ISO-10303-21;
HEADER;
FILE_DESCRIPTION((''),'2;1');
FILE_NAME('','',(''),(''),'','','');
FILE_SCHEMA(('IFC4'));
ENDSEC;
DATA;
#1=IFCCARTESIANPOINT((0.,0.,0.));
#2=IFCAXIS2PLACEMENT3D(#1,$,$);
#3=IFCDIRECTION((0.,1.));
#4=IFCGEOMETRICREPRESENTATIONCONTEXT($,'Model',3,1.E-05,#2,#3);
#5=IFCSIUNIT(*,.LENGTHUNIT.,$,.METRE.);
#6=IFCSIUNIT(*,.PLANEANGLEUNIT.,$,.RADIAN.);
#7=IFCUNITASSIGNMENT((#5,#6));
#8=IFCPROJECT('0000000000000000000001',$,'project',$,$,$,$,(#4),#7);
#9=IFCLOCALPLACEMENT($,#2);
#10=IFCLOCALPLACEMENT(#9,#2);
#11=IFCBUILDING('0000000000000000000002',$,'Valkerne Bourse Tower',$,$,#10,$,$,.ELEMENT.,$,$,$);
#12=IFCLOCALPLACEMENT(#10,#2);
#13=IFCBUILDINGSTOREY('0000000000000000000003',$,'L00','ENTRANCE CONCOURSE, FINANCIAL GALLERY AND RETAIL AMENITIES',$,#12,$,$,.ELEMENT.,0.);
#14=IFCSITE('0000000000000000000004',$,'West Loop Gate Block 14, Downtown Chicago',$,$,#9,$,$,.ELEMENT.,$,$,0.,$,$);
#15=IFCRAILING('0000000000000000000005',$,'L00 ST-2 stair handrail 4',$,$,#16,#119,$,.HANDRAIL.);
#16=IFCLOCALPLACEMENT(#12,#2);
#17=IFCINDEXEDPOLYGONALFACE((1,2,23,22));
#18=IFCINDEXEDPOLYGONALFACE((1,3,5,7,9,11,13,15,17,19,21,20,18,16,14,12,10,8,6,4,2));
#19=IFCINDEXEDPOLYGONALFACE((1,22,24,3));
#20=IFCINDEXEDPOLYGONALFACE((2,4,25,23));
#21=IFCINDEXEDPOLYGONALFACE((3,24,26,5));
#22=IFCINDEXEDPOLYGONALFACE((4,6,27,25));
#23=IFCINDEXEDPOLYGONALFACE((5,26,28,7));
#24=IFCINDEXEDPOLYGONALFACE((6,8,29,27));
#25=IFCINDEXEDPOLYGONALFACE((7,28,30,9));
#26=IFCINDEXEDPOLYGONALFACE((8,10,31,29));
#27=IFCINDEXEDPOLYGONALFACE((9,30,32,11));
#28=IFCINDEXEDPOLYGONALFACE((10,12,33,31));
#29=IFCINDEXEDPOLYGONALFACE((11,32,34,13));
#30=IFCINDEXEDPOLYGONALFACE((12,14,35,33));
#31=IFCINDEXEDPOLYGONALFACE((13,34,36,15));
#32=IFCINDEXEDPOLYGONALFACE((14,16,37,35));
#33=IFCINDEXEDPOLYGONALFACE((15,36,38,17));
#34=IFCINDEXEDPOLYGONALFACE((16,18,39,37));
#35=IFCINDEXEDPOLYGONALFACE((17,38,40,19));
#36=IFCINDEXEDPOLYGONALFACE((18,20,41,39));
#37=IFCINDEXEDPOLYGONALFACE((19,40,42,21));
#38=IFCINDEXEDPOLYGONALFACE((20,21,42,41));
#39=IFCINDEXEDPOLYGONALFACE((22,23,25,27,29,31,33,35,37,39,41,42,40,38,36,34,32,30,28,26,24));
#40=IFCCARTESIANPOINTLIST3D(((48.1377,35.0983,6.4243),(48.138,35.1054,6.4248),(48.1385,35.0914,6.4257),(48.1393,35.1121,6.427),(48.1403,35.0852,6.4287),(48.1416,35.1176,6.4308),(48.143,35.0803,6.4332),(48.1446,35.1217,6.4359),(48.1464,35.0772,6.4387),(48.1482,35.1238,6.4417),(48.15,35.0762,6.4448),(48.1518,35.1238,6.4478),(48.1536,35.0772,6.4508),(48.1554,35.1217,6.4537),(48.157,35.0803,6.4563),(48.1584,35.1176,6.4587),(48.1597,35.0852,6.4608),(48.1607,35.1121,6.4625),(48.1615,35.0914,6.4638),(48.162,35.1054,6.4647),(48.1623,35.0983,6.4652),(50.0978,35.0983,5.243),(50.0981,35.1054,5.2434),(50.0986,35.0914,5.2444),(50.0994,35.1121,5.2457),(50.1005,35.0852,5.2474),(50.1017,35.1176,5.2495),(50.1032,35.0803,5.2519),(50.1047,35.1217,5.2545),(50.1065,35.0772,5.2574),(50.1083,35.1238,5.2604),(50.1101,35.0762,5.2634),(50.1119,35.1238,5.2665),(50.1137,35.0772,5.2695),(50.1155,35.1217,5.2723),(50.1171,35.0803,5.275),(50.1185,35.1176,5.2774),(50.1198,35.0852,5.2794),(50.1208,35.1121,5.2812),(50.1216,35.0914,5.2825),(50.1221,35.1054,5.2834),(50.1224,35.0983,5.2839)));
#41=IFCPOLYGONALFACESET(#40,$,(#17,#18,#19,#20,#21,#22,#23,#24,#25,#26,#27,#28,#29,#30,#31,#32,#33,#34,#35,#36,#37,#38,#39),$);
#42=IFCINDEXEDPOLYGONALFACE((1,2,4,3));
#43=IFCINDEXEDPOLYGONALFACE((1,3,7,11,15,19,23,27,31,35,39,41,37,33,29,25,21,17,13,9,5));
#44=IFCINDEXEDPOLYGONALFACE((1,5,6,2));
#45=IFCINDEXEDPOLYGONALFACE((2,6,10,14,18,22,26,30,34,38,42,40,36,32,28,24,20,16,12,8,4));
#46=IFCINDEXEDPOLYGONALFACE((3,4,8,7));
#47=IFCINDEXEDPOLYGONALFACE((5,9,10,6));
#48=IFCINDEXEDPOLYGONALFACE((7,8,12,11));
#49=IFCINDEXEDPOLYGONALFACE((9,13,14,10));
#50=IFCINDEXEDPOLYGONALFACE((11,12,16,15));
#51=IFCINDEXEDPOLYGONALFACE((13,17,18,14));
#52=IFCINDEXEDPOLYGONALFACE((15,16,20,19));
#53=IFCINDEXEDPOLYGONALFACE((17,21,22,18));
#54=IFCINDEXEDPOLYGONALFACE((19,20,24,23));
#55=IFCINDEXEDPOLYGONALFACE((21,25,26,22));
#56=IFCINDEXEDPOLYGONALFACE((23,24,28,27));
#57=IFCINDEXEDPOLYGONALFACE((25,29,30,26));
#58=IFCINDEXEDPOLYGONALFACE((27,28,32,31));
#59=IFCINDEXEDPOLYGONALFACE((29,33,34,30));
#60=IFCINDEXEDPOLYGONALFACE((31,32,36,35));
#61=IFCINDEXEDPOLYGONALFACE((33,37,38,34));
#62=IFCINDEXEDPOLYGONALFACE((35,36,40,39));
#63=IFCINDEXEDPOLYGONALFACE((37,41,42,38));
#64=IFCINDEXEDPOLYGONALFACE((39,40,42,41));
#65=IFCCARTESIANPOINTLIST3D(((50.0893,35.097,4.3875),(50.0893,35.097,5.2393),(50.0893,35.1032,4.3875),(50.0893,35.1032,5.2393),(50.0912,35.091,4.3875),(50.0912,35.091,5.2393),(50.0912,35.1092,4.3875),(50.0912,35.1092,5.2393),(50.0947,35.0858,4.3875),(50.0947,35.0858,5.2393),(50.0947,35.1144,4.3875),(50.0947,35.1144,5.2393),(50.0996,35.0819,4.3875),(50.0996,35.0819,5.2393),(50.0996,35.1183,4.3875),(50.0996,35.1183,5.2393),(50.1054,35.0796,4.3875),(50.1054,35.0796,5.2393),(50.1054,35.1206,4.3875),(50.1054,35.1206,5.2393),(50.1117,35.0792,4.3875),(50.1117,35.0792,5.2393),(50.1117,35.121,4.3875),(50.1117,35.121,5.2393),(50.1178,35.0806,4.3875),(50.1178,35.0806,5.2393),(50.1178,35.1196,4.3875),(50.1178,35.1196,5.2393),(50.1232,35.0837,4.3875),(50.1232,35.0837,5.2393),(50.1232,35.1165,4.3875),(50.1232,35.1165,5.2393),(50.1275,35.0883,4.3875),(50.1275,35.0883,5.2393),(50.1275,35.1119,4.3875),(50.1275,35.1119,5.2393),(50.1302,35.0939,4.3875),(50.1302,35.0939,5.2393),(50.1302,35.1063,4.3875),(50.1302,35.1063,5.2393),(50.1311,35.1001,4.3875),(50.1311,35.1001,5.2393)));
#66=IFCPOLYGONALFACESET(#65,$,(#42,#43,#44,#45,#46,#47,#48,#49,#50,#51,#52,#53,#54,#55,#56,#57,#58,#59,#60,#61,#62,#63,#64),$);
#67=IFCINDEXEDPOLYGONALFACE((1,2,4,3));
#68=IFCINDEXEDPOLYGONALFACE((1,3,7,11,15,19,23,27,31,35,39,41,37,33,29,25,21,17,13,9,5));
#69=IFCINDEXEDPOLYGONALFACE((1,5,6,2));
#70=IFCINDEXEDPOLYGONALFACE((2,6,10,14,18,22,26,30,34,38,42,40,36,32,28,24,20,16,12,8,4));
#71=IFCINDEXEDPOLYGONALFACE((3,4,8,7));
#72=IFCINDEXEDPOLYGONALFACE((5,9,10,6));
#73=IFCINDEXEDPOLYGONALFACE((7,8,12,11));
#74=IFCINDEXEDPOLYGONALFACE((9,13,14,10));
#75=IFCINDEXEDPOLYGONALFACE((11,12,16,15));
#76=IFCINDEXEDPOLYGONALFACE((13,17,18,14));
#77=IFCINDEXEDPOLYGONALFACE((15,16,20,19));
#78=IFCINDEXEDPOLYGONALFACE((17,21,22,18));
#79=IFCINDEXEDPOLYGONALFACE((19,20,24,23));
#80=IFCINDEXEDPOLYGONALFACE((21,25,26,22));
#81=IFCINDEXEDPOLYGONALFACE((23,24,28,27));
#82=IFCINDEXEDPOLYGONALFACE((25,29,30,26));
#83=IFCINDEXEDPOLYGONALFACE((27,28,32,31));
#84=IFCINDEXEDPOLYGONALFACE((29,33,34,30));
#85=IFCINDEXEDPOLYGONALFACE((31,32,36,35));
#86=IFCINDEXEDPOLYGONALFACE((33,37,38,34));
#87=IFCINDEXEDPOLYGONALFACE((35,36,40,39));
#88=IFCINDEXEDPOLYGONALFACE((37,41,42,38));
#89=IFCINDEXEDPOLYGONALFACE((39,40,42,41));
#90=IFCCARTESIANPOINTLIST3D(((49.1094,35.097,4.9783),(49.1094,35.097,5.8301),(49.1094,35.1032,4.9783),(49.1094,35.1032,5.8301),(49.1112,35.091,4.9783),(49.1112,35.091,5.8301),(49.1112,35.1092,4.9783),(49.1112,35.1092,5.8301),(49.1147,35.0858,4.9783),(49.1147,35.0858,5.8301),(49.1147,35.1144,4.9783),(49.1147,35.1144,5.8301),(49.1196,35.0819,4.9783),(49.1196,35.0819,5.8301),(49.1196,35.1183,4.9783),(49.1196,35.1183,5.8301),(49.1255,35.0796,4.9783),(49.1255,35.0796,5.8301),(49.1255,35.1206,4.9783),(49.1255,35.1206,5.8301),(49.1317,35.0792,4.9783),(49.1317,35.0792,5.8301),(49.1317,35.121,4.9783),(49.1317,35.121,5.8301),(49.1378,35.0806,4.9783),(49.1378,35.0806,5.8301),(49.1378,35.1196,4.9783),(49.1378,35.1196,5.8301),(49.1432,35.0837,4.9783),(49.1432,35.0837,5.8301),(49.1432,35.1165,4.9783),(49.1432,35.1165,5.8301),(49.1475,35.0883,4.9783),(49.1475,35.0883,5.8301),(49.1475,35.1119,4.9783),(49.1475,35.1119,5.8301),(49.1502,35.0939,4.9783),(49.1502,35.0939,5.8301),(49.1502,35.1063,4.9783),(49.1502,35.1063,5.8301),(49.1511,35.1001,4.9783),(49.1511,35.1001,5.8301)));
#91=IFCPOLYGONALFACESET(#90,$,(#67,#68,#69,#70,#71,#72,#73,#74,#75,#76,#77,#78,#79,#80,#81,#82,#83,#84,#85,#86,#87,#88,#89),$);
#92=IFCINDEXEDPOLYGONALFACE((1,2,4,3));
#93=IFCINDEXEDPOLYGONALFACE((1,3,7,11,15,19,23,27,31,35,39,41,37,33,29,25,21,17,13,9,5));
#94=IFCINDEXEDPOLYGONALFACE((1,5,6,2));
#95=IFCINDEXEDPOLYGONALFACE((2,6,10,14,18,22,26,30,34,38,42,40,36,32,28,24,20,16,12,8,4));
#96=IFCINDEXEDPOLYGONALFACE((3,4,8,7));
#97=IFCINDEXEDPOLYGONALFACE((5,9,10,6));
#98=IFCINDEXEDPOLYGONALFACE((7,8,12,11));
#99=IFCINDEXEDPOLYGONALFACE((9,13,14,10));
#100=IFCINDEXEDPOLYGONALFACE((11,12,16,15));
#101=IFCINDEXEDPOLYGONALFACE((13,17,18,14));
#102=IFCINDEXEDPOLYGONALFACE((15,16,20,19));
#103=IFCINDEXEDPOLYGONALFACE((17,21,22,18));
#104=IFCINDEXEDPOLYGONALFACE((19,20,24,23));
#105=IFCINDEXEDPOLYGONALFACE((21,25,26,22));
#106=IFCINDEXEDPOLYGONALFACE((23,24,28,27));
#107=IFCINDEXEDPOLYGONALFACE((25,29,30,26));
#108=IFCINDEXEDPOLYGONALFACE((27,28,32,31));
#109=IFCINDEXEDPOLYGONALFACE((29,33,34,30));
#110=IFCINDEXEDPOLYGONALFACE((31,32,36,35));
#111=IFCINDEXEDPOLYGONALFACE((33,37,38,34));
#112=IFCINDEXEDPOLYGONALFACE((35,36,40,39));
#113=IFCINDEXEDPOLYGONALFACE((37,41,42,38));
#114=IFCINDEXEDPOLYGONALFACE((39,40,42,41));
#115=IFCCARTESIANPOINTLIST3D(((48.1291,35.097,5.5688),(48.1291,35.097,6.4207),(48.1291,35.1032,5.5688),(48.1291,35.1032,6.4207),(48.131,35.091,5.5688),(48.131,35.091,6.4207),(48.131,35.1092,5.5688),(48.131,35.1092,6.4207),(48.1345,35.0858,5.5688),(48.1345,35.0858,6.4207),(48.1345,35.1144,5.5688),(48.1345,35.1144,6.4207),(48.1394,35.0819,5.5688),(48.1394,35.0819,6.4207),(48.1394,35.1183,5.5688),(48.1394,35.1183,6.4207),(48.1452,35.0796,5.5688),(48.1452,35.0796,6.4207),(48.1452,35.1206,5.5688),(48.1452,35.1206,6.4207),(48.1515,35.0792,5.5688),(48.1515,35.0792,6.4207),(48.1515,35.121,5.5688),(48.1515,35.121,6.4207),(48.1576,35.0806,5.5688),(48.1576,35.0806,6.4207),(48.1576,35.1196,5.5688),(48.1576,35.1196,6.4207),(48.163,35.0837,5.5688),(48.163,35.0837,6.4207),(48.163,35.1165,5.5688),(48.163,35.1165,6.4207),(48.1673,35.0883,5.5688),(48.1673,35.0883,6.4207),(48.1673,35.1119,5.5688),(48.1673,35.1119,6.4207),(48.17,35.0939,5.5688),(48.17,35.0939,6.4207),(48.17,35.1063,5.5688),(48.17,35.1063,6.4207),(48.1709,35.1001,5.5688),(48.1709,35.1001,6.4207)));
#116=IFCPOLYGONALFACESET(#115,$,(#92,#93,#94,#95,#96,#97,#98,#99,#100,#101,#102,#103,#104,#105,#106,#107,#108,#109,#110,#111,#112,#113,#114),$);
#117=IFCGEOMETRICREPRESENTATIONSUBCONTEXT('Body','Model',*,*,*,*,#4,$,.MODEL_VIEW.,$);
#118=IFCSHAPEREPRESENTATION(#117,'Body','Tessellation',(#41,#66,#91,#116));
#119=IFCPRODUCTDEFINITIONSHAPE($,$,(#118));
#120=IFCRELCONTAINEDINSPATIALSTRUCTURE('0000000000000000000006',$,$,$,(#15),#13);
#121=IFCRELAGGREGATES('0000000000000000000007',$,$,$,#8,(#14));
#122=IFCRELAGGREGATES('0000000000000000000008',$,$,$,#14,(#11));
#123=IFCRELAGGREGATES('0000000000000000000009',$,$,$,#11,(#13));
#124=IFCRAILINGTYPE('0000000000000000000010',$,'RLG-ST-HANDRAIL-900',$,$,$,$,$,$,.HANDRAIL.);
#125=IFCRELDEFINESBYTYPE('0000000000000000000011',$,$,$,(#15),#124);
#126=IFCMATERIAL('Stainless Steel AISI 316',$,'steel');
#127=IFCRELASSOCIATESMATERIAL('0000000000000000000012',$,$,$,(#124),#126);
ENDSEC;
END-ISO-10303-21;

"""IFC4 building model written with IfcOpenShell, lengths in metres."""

from ifc_helpers import new_model, si_unit, direction, frame, origin, origin_2d, place, context, subcontext, project, spatial, circle, extrude, material, type_object, element, save


model = new_model("IFC4")

# Units and contexts
model_context = context("Model", 3, precision=1e-05, world=origin(), true_north=direction((0.0, 1.0)))
body_context = subcontext(model_context, "Body", "Model", "MODEL_VIEW")
ifc_project = project(units=[si_unit("LENGTHUNIT", "METRE"), si_unit("PLANEANGLEUNIT", "RADIAN")], contexts=[model_context])

# Site, building, storey
site_placement = place(None, origin())
site = spatial("IfcSite", under=ifc_project, at=site_placement, Name="West Loop Gate Block 14, Downtown Chicago", CompositionType="ELEMENT", RefElevation=0.0)
building_placement = place(site_placement, origin())
building = spatial("IfcBuilding", under=site, at=building_placement, Name="Valkerne Bourse Tower", CompositionType="ELEMENT")
storey_placement = place(building_placement, origin())
storey = spatial("IfcBuildingStorey", under=building, at=storey_placement, Name="L00", Description="ENTRANCE CONCOURSE, FINANCIAL GALLERY AND RETAIL AMENITIES", CompositionType="ELEMENT", Elevation=0.0)

# Railing
ifc_material_1 = material(Name="Stainless Steel AISI 316", Category="steel")
railing_type_1 = type_object("IfcRailingType", Name="RLG-ST-HANDRAIL-900", PredefinedType="HANDRAIL", material=ifc_material_1)
railing_1_placement = place(storey_placement, frame((50.1101, 35.1001, 4.3875)))
element("IfcRailing", 1, at=railing_1_placement, inside=storey, type_object=railing_type_1, Name="L00 ST-2 stair handrail 4", PredefinedType="HANDRAIL", context=body_context, shape_type="SweptSolid", body=[
    extrude(circle(Radius=0.0239, at=origin_2d()), frame((0.0, 0.0, 0.876), z_axis=(-0.856475, 0.0, 0.516189), x_axis=(0.0, -1.0, 0.0)), (0.0, 0.0, 1.0), 2.2886),
    extrude(circle(Radius=0.021, at=origin_2d()), origin(), (0.0, 0.0, 1.0), 0.8518),
    extrude(circle(Radius=0.021, at=origin_2d()), frame((-0.98, 0.0, 0.5908)), (0.0, 0.0, 1.0), 0.8518),
    extrude(circle(Radius=0.021, at=origin_2d()), frame((-1.9602, 0.0, 1.1814)), (0.0, 0.0, 1.0), 0.8518),
])

save(model, "model.ifc")
